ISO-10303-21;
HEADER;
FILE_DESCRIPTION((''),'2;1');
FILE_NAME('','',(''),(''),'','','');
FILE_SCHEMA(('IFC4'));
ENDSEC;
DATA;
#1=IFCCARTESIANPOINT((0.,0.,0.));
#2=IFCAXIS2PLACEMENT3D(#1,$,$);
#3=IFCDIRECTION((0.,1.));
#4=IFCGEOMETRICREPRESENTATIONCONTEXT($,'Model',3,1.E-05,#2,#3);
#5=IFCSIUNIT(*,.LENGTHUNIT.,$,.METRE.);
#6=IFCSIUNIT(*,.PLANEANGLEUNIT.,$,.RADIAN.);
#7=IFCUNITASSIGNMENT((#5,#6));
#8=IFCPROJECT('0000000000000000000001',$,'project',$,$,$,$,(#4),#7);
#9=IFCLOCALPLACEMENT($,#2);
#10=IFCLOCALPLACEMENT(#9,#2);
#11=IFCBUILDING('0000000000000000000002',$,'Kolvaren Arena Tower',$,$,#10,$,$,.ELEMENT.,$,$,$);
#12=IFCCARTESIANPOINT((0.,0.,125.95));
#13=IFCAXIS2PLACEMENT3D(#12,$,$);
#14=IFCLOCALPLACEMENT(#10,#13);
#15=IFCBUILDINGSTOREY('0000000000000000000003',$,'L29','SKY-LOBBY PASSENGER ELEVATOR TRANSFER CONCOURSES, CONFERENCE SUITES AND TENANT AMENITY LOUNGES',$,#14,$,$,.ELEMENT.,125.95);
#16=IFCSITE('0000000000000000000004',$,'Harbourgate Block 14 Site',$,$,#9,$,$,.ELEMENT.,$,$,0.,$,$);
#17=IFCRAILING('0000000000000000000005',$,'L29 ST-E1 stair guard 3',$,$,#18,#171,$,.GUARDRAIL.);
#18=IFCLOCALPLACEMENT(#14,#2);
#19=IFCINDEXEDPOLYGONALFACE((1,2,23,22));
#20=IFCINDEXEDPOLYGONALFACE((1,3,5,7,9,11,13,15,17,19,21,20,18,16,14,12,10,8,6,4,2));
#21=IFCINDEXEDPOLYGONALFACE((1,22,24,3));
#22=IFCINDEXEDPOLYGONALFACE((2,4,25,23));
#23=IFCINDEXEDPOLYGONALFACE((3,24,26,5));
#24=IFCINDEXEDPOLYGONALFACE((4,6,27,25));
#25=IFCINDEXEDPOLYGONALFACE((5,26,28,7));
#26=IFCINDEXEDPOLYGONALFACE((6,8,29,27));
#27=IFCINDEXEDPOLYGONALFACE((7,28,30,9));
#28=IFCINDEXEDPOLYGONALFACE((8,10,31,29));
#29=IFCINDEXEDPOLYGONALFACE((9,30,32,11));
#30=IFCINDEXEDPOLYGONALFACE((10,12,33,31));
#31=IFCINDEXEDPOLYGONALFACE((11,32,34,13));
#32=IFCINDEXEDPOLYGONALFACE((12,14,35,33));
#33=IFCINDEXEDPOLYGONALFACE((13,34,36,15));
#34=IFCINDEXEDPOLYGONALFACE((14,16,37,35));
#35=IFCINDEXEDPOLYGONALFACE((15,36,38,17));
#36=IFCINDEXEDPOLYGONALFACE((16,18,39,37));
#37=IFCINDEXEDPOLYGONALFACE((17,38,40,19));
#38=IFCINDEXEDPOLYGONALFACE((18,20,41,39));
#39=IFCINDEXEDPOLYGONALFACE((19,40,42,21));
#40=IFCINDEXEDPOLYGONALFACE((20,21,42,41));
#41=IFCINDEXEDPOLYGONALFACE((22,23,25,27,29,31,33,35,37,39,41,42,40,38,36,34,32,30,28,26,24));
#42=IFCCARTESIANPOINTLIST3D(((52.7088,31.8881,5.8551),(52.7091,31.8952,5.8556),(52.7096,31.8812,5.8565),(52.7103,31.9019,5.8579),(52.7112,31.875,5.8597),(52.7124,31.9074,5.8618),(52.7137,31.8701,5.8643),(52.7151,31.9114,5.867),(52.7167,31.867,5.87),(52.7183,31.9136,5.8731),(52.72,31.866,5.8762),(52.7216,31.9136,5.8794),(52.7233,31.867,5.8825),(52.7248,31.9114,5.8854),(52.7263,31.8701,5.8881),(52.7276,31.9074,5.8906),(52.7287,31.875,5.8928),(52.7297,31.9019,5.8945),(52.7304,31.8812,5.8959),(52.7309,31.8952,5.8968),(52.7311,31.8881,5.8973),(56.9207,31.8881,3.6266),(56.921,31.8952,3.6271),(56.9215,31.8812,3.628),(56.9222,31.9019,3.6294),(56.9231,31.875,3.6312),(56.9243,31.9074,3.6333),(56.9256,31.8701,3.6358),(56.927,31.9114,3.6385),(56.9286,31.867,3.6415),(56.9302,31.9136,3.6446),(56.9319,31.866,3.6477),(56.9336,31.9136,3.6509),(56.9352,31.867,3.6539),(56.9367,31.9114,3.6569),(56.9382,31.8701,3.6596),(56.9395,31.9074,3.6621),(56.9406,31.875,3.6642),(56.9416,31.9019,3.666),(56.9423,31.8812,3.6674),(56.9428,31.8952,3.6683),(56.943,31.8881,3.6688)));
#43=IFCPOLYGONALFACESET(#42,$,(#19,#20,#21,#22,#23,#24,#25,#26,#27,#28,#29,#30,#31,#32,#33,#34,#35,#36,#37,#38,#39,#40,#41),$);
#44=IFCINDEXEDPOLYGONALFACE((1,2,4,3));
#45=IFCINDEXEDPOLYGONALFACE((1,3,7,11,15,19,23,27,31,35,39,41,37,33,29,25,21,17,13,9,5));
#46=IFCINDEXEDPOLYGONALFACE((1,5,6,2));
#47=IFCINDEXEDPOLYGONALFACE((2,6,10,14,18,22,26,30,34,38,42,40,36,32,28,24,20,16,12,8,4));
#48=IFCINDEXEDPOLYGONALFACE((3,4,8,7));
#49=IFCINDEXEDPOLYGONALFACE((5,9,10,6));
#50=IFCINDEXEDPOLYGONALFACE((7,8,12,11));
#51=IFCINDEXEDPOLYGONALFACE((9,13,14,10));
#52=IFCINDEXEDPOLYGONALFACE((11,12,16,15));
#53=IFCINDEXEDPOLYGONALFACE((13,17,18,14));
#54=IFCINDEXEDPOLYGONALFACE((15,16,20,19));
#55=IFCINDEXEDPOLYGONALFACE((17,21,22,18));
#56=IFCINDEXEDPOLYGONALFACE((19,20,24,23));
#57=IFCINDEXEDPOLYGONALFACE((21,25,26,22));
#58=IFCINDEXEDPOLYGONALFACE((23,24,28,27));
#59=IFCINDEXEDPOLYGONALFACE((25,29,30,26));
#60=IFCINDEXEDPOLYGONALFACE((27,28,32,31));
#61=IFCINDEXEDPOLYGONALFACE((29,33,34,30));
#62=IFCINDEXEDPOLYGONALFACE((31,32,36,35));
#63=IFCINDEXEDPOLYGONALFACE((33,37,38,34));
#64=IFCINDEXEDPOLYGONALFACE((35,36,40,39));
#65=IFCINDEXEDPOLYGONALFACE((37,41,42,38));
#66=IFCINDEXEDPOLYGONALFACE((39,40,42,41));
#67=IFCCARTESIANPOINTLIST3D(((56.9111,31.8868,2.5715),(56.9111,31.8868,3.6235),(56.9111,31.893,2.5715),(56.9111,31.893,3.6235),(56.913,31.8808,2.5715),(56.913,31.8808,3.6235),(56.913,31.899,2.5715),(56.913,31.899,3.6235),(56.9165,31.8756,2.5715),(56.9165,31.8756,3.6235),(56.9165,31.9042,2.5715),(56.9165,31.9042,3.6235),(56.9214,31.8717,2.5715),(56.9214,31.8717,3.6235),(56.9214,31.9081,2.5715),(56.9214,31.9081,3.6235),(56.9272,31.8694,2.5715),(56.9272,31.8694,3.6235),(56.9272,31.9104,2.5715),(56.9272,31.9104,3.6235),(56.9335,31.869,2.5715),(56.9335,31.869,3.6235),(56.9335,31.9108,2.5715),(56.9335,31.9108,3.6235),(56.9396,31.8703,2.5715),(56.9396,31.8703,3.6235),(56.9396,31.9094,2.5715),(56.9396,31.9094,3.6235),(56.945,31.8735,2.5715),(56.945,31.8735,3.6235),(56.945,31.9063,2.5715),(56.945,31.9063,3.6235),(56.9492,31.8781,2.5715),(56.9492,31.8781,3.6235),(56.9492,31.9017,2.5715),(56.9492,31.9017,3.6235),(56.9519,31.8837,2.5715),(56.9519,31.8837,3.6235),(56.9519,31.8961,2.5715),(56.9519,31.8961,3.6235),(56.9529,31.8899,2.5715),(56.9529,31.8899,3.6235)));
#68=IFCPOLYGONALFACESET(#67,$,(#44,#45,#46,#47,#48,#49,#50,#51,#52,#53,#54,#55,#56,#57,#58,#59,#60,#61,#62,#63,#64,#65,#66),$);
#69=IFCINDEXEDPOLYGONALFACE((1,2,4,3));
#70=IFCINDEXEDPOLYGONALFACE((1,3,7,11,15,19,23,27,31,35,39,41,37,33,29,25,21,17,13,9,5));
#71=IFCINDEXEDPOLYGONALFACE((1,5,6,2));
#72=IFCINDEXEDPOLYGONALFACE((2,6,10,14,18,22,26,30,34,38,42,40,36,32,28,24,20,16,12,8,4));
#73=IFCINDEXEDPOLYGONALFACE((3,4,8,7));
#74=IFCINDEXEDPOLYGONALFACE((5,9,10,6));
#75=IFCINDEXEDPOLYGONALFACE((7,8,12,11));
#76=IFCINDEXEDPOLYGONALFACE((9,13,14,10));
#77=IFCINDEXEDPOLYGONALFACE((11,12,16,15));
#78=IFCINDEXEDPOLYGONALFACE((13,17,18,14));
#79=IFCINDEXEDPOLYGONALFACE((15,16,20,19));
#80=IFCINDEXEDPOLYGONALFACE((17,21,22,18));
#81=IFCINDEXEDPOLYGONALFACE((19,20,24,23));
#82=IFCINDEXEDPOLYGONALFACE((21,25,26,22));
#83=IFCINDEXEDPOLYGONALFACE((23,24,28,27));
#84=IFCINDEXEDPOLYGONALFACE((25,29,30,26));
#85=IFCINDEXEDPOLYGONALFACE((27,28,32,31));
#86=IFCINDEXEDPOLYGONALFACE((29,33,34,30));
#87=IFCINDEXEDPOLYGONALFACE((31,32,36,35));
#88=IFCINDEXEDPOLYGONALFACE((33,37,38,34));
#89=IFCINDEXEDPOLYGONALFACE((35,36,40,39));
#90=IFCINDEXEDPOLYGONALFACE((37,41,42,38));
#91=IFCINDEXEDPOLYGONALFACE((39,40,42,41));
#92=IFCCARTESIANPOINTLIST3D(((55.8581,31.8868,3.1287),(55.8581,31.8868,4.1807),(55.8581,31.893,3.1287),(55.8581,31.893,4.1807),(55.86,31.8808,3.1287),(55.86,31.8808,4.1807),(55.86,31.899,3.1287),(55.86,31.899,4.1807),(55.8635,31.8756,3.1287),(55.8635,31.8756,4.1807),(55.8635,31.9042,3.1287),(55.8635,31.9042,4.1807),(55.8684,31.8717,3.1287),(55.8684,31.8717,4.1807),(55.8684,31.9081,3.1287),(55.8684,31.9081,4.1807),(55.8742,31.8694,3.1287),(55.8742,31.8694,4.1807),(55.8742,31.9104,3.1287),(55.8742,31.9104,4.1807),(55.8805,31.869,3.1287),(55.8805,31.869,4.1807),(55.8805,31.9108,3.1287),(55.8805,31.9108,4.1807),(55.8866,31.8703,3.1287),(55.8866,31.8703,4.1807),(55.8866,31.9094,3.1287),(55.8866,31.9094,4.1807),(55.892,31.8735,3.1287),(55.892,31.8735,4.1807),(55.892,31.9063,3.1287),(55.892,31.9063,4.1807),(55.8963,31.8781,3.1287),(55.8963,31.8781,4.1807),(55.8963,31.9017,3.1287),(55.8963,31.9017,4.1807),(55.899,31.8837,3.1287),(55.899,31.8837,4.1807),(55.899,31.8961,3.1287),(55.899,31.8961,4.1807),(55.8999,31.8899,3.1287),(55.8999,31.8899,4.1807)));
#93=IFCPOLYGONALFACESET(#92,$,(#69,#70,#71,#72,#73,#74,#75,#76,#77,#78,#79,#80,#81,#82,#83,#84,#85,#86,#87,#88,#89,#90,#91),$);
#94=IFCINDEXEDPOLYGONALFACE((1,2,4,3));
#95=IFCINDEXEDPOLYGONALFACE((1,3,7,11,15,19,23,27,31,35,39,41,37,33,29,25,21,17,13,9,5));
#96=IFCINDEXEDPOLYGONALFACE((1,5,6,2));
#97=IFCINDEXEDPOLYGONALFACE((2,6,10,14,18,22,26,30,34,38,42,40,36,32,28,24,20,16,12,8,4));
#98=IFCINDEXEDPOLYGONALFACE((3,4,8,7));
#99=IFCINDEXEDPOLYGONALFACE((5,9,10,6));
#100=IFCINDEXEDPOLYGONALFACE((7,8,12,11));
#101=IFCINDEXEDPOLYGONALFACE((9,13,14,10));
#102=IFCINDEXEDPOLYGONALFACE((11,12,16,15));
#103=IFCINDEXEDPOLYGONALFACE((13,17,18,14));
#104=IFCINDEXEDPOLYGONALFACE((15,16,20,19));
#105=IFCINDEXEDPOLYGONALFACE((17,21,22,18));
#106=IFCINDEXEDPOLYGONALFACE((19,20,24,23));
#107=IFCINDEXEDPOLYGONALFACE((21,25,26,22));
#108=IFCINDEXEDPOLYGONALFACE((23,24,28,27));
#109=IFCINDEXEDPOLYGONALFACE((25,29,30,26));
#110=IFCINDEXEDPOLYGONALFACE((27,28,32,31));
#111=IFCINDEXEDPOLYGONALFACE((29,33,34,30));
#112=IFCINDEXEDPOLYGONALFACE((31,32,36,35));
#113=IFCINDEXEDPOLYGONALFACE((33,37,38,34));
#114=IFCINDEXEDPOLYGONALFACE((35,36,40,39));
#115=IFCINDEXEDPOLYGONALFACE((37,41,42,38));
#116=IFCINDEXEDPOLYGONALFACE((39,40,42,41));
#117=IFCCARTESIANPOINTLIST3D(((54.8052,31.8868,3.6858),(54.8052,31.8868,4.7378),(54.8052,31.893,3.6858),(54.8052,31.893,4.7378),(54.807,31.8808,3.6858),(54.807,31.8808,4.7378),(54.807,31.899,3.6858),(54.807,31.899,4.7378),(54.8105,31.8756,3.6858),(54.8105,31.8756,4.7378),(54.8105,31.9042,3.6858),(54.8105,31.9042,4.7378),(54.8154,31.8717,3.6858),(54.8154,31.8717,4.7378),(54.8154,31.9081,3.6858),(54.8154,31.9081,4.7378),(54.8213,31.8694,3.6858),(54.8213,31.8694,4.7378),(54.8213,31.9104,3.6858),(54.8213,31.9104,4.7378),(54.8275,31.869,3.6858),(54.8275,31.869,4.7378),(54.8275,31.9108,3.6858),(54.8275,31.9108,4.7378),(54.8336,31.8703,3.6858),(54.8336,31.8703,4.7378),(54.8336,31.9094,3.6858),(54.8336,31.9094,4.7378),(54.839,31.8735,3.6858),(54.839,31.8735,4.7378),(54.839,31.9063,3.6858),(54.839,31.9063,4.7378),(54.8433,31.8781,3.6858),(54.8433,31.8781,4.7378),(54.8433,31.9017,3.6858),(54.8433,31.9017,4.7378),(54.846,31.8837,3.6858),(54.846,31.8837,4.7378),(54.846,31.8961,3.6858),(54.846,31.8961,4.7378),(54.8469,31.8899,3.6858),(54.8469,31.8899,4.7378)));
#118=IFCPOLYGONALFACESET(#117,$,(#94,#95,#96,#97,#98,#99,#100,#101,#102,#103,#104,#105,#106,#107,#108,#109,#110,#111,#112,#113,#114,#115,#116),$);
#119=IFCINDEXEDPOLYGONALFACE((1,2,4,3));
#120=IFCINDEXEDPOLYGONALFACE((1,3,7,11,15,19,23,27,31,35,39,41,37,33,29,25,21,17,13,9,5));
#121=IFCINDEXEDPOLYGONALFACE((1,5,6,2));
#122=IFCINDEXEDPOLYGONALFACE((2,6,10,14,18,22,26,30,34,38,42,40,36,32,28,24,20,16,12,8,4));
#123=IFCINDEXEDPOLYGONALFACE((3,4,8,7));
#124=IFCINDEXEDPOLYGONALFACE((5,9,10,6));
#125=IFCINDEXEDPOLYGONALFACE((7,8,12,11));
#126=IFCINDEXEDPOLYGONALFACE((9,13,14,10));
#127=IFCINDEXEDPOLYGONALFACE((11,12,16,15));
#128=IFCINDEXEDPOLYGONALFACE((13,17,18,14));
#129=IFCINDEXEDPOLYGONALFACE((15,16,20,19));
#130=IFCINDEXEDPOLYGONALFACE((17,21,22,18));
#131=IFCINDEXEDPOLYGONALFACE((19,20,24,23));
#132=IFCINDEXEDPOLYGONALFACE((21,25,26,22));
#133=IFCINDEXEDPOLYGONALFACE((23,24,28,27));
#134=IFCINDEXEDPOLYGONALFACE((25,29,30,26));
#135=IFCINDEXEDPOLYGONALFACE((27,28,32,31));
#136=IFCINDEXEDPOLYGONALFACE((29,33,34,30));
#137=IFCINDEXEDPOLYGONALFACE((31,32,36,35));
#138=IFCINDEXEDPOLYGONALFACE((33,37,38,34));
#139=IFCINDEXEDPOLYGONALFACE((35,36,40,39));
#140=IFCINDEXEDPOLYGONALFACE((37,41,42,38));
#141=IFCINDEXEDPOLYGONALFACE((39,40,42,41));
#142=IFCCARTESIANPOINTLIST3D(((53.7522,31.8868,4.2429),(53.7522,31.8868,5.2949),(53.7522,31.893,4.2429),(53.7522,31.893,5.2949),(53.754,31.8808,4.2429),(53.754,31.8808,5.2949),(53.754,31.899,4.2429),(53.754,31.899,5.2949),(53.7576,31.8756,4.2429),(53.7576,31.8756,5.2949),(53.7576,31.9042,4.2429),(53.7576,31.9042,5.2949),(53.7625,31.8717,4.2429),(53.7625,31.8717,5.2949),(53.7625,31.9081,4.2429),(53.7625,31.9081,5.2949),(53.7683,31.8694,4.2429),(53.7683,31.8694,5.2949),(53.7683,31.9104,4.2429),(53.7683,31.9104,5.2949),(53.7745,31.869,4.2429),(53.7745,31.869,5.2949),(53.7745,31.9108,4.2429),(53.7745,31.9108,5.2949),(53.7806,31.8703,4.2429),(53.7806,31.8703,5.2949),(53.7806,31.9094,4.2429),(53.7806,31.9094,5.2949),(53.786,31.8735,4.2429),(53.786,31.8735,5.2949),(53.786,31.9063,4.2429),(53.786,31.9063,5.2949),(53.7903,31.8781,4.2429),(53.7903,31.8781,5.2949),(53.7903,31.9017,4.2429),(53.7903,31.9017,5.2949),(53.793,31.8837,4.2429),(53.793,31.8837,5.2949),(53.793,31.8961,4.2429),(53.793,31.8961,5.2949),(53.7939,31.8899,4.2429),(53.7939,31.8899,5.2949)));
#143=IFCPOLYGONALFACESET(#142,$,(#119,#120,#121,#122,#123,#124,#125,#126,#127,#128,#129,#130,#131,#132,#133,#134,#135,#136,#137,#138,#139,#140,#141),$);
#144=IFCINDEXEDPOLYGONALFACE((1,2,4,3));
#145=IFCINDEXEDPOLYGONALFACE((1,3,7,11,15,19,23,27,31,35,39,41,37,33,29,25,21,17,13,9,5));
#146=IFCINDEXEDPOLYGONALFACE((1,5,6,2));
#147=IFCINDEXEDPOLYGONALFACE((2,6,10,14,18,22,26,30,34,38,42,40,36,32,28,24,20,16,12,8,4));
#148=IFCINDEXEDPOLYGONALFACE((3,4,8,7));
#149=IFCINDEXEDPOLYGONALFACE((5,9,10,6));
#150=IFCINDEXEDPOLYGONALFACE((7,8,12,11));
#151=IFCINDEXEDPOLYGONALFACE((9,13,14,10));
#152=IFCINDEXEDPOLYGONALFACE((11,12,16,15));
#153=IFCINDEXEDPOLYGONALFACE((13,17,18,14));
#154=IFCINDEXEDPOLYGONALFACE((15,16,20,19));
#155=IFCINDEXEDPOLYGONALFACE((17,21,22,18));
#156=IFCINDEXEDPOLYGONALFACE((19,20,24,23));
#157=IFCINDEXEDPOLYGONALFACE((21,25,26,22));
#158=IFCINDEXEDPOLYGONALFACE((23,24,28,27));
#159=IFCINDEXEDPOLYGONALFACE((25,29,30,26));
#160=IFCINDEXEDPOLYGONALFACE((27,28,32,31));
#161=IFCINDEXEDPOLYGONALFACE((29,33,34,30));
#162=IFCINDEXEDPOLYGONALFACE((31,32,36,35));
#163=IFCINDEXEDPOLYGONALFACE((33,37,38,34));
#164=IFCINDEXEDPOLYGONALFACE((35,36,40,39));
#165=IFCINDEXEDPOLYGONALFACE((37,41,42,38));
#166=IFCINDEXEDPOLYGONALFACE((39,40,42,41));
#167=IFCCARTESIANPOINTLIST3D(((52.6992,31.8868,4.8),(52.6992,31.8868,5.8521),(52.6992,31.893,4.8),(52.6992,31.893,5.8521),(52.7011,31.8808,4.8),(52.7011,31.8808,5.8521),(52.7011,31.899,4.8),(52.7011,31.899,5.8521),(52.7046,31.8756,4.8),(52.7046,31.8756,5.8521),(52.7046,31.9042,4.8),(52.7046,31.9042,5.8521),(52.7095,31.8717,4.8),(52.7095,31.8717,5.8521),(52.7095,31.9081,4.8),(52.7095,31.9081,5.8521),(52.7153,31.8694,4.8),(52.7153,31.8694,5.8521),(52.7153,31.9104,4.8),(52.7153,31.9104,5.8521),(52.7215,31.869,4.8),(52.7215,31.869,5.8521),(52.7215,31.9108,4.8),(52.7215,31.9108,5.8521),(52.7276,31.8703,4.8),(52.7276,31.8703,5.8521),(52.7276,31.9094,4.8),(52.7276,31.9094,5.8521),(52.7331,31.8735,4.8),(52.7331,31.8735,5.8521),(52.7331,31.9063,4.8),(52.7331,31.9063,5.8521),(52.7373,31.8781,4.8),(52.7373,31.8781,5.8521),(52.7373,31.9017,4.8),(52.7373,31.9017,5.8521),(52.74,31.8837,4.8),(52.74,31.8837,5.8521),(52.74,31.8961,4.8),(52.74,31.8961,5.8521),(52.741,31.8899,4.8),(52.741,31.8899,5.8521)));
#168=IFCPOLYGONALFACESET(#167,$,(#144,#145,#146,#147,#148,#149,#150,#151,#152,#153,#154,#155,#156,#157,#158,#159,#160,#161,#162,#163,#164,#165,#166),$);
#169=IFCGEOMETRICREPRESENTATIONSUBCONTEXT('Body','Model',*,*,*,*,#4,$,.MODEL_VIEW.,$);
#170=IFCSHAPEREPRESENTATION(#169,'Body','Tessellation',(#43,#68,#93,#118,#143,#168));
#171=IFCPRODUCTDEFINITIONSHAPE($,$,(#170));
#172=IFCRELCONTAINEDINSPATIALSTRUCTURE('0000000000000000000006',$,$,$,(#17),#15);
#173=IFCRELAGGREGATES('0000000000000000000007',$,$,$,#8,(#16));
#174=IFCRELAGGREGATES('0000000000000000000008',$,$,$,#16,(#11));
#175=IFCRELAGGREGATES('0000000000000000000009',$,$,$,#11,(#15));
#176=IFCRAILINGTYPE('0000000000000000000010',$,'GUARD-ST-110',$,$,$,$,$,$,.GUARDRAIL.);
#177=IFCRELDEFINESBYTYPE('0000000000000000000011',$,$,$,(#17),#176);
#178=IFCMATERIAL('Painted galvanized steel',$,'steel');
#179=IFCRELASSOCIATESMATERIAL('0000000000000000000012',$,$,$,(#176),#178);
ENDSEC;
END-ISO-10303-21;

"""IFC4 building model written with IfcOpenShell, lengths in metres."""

from ifc_helpers import new_model, si_unit, direction, frame, origin, origin_2d, place, context, subcontext, project, spatial, circle, extrude, material, type_object, element, save


model = new_model("IFC4")

# Units and contexts
model_context = context("Model", 3, precision=1e-05, world=origin(), true_north=direction((0.0, 1.0)))
body_context = subcontext(model_context, "Body", "Model", "MODEL_VIEW")
ifc_project = project(units=[si_unit("LENGTHUNIT", "METRE"), si_unit("PLANEANGLEUNIT", "RADIAN")], contexts=[model_context])

# Site, building, storey
site_placement = place(None, origin())
site = spatial("IfcSite", under=ifc_project, at=site_placement, Name="Harbourgate Block 14 Site", CompositionType="ELEMENT", RefElevation=0.0)
building_placement = place(site_placement, origin())
building = spatial("IfcBuilding", under=site, at=building_placement, Name="Kolvaren Arena Tower", CompositionType="ELEMENT")
storey_placement = place(building_placement, frame((0.0, 0.0, 125.95)))
storey = spatial("IfcBuildingStorey", under=building, at=storey_placement, Name="L29", Description="SKY-LOBBY PASSENGER ELEVATOR TRANSFER CONCOURSES, CONFERENCE SUITES AND TENANT AMENITY LOUNGES", CompositionType="ELEMENT", Elevation=125.95)

# Railing
ifc_material_1 = material(Name="Painted galvanized steel", Category="steel")
railing_type_1 = type_object("IfcRailingType", Name="GUARD-ST-110", PredefinedType="GUARDRAIL", material=ifc_material_1)
railing_1_placement = place(storey_placement, frame((56.9319, 31.8899, 2.5715)))
element("IfcRailing", 1, at=railing_1_placement, inside=storey, type_object=railing_type_1, Name="L29 ST-E1 stair guard 3", PredefinedType="GUARDRAIL", context=body_context, shape_type="SweptSolid", body=[
    extrude(circle(Radius=0.0239, at=origin_2d()), frame((0.0, 0.0, 1.0762), z_axis=(-0.883903, 0.0, 0.467671), x_axis=(0.0, -1.0, 0.0)), (0.0, 0.0, 1.0), 4.7651),
    extrude(circle(Radius=0.021, at=origin_2d()), origin(), (0.0, 0.0, 1.0), 1.052),
    extrude(circle(Radius=0.021, at=origin_2d()), frame((-1.053, 0.0, 0.5571)), (0.0, 0.0, 1.0), 1.052),
    extrude(circle(Radius=0.021, at=origin_2d()), frame((-2.106, 0.0, 1.1143)), (0.0, 0.0, 1.0), 1.052),
    extrude(circle(Radius=0.021, at=origin_2d()), frame((-3.1589, 0.0, 1.6714)), (0.0, 0.0, 1.0), 1.052),
    extrude(circle(Radius=0.021, at=origin_2d()), frame((-4.2119, 0.0, 2.2285)), (0.0, 0.0, 1.0), 1.052),
])

save(model, "model.ifc")
